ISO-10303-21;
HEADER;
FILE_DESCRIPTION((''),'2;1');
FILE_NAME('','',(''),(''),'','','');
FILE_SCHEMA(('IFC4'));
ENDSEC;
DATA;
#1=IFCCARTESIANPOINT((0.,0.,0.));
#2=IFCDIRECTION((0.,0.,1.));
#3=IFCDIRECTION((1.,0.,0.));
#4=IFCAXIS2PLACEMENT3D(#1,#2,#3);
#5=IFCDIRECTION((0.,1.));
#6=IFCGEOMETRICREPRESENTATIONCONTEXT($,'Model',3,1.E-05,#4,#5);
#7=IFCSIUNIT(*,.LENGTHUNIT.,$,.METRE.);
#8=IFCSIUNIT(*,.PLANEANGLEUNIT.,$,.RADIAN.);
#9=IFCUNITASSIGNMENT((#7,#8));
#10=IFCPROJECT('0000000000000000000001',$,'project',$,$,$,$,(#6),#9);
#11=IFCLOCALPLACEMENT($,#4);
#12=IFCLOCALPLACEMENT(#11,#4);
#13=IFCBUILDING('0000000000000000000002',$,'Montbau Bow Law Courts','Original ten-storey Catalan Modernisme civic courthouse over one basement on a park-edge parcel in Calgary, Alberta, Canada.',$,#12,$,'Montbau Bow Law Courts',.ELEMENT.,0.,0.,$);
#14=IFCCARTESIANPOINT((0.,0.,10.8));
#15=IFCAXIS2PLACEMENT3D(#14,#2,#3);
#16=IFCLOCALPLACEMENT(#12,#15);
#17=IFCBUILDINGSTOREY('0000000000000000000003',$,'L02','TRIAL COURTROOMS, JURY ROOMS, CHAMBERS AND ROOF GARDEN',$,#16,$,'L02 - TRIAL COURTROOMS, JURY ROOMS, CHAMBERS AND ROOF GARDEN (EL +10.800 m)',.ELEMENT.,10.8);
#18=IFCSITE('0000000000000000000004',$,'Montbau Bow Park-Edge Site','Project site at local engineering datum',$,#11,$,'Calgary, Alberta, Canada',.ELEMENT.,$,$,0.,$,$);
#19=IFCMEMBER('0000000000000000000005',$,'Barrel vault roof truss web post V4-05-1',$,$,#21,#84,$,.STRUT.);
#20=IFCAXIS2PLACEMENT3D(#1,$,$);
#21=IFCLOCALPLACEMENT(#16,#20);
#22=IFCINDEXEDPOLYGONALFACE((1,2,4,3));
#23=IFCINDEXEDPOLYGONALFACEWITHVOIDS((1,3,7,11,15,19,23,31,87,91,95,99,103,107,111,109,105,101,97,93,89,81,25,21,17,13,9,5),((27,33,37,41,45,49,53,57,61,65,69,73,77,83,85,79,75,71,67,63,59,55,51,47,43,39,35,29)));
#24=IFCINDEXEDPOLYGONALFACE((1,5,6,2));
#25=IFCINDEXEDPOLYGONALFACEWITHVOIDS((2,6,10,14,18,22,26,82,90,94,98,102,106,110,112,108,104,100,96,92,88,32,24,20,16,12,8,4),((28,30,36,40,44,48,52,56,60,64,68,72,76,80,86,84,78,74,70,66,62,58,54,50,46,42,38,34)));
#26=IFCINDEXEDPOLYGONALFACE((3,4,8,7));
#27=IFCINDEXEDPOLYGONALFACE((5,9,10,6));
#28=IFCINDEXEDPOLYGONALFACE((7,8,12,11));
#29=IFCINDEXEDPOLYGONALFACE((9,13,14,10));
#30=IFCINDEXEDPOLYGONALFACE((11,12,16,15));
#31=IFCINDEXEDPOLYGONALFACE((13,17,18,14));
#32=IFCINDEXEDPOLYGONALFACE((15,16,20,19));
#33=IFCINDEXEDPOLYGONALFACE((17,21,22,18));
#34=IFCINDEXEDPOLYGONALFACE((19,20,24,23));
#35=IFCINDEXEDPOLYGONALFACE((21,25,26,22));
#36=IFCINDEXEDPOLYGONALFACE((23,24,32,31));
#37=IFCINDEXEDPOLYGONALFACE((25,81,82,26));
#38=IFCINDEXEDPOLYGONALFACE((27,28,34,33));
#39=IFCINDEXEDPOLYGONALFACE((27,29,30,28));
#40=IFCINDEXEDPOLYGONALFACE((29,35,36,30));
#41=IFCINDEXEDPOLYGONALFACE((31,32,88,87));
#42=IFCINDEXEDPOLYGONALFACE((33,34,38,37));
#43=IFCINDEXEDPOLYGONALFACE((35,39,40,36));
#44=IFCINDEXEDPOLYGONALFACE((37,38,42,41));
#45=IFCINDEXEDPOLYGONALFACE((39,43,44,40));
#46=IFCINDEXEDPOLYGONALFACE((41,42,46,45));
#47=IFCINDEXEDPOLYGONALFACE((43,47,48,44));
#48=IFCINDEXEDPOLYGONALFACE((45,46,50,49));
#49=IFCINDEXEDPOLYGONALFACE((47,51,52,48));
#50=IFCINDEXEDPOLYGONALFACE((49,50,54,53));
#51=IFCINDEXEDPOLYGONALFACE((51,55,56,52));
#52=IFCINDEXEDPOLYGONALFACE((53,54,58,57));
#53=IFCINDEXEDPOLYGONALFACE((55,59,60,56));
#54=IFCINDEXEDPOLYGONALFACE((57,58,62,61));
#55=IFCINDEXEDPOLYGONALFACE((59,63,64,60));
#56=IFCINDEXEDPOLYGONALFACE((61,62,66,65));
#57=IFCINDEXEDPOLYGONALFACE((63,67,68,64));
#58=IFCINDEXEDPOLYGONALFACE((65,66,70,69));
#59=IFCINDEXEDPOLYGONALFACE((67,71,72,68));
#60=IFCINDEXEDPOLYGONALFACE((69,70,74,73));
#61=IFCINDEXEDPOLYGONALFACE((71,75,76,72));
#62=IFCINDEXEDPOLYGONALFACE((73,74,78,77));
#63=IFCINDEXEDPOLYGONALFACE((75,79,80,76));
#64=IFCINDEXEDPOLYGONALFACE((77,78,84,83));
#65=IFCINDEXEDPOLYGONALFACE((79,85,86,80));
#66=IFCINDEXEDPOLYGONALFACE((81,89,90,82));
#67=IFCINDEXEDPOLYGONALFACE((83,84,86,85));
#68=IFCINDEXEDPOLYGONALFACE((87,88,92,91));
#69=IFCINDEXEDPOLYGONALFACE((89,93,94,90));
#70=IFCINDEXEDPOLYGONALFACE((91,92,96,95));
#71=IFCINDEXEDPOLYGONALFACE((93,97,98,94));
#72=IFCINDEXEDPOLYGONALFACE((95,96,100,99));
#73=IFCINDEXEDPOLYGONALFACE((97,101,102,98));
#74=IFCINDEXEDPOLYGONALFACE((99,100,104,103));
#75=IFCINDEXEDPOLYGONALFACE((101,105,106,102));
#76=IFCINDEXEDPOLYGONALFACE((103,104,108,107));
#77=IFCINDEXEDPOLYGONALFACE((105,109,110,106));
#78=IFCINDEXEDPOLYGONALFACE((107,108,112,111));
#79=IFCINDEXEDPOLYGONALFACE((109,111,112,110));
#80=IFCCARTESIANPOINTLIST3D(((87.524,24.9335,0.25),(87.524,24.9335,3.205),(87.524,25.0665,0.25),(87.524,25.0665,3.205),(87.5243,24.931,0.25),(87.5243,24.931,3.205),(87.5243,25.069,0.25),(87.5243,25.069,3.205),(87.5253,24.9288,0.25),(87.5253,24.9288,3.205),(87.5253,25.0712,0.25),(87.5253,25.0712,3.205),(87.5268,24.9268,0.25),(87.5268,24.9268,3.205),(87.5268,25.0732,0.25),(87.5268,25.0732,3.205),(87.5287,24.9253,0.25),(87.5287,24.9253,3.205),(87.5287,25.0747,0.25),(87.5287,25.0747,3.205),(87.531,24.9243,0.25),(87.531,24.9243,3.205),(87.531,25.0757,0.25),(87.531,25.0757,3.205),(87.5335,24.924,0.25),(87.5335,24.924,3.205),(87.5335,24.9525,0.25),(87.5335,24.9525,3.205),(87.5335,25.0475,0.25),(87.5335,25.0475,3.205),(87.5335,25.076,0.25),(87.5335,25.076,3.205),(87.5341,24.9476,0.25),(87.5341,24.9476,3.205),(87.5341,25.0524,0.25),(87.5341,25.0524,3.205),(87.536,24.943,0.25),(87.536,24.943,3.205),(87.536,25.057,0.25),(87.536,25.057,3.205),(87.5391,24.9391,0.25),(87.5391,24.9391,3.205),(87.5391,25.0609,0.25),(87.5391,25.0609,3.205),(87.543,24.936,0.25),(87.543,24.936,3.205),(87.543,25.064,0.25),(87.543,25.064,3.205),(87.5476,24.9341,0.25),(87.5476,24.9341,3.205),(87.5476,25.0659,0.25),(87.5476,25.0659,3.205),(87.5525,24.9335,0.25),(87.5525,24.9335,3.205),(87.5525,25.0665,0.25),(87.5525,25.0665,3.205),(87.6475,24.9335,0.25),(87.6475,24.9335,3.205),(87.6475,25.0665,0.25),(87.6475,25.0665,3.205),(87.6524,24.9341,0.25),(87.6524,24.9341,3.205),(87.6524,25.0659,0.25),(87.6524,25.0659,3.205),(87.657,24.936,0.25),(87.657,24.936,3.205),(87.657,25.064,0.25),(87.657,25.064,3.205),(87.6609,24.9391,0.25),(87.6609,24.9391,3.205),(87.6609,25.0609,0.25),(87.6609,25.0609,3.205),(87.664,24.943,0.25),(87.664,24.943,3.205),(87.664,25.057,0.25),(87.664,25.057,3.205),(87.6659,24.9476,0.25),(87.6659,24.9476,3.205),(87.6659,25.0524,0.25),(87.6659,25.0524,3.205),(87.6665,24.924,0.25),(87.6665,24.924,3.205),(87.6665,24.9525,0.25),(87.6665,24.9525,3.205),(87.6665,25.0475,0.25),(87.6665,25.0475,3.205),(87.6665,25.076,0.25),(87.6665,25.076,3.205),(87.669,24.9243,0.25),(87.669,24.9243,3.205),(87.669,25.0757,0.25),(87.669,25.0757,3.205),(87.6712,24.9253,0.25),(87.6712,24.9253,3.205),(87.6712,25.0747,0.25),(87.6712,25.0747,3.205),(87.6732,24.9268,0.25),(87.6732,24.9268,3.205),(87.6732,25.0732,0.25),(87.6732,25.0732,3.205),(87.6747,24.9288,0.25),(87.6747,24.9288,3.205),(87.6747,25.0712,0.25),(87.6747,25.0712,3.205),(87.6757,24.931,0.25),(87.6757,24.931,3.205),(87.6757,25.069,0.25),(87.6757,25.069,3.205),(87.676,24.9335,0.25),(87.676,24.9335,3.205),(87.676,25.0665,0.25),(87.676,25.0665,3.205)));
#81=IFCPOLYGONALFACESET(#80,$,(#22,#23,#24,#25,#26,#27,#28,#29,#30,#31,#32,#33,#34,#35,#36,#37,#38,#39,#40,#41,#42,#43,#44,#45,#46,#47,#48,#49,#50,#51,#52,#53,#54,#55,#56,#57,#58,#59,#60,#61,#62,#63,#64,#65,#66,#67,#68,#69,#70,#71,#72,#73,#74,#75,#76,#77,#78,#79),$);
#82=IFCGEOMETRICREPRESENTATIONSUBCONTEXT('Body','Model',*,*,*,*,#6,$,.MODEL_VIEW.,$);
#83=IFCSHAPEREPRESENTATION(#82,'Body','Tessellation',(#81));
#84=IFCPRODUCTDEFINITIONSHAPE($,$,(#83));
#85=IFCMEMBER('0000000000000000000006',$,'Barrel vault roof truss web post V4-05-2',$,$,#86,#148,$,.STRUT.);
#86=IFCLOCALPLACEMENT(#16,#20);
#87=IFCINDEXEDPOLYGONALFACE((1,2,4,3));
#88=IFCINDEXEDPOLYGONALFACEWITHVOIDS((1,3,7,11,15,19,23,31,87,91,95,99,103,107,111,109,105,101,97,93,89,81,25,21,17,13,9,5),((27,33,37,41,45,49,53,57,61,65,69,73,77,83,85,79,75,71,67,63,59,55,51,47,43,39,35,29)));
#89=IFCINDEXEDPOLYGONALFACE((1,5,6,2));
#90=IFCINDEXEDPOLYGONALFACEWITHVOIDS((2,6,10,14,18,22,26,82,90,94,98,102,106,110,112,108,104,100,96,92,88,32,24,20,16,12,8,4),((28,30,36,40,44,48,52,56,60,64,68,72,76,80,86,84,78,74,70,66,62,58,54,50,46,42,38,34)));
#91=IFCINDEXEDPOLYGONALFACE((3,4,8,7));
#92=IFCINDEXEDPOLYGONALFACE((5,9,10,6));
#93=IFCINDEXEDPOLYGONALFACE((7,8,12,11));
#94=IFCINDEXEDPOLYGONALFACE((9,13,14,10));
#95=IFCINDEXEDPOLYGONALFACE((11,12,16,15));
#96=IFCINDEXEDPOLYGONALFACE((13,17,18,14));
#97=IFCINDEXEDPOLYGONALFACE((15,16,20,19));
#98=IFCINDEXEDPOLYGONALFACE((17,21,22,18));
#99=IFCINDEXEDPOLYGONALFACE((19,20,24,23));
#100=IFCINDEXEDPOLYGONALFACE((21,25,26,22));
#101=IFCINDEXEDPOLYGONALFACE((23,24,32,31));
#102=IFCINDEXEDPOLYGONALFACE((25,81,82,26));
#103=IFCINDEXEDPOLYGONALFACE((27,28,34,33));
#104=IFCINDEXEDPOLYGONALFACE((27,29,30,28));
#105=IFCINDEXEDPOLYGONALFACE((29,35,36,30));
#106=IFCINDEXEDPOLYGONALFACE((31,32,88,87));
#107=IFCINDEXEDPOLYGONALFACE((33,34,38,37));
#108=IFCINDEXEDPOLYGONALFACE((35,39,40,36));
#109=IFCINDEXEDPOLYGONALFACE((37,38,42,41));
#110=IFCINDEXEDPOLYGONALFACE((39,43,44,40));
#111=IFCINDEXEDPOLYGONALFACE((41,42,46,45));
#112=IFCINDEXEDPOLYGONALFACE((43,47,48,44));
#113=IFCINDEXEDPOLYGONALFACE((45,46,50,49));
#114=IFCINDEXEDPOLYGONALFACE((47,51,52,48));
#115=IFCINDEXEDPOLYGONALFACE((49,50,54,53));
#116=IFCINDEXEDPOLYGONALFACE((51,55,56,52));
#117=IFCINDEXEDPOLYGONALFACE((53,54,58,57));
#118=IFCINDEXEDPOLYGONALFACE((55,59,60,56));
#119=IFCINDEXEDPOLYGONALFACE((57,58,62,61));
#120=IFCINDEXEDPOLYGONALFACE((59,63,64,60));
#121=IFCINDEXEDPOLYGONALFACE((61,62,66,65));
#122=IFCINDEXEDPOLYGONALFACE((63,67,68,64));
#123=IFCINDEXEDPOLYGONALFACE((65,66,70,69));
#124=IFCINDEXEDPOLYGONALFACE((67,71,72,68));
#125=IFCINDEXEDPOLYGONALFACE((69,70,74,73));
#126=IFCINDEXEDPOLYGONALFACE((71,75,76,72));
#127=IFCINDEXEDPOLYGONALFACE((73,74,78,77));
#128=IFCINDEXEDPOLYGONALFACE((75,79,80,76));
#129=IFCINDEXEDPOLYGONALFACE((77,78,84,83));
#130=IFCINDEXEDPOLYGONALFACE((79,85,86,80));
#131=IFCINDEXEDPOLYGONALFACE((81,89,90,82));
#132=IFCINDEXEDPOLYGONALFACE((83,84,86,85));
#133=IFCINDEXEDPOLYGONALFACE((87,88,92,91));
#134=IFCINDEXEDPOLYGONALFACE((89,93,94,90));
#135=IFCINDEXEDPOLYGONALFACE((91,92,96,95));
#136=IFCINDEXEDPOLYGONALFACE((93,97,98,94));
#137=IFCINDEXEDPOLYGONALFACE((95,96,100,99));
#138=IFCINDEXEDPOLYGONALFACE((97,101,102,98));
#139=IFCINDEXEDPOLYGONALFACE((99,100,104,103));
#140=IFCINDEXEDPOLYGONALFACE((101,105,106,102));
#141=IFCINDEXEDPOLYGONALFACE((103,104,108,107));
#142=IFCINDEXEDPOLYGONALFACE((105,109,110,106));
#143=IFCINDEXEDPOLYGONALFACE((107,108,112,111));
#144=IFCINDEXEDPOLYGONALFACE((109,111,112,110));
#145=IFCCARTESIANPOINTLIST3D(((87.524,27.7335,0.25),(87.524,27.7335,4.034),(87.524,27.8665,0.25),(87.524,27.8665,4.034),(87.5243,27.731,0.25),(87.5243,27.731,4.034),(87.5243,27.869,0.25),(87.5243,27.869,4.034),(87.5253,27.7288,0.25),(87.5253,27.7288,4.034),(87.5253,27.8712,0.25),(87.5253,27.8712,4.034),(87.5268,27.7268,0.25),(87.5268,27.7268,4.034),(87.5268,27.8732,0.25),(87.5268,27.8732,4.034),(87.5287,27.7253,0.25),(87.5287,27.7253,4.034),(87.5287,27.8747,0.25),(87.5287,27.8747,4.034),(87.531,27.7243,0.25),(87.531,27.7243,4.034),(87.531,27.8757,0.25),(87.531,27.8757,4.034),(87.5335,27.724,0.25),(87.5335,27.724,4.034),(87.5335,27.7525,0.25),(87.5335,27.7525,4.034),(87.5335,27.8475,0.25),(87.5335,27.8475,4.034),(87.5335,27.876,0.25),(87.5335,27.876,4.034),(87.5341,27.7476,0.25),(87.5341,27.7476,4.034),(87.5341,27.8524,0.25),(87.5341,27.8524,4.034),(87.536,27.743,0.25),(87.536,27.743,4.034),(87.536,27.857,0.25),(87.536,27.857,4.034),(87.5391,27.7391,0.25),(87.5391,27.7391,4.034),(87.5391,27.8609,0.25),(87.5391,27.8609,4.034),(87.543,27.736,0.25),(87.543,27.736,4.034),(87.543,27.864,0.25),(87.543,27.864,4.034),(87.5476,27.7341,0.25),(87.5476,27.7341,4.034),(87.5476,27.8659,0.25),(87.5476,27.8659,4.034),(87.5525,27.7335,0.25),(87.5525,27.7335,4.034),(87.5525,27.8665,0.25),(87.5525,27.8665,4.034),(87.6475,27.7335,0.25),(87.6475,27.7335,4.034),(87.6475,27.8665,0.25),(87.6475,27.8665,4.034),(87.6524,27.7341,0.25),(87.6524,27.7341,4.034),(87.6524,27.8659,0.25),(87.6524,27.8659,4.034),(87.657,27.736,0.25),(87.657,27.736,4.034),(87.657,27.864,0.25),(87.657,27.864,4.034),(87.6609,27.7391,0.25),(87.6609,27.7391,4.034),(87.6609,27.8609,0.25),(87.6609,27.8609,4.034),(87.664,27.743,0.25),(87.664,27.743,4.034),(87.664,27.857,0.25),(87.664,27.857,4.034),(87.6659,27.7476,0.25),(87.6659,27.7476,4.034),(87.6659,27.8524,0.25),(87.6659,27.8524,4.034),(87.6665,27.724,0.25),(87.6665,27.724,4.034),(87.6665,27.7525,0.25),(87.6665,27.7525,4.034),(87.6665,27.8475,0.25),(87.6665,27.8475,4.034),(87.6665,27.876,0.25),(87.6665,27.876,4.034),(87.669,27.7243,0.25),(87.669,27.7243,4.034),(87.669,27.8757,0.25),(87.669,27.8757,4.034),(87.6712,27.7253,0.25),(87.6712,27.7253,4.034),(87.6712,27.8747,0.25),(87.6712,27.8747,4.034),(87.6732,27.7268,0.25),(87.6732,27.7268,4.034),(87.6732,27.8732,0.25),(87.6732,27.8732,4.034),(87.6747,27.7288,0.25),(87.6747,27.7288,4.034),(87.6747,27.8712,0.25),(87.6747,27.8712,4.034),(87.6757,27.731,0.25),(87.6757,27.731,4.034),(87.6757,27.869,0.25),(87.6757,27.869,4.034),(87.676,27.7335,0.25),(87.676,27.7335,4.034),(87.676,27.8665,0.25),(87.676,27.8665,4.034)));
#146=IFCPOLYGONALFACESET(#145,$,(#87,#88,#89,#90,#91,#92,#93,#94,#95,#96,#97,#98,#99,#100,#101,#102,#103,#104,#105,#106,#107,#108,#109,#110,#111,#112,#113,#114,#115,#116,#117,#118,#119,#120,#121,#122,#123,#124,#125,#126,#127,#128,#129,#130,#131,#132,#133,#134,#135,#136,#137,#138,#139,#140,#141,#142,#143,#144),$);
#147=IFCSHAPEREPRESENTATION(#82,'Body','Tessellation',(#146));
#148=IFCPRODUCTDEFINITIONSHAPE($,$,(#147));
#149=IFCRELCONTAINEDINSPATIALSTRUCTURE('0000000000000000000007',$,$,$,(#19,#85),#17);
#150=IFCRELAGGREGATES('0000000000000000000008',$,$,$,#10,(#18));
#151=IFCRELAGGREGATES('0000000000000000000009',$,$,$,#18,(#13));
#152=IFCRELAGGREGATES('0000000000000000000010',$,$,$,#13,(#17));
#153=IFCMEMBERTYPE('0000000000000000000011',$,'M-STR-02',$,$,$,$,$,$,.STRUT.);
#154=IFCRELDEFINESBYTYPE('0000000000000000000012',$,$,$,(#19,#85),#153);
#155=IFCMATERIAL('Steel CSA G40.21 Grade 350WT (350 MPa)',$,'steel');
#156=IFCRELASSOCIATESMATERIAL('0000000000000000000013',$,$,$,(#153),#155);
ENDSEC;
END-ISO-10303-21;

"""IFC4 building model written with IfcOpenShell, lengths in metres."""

from ifc_helpers import new_model, si_unit, direction, frame, origin_with_axes, origin_2d_with_axis, place, context, subcontext, project, spatial, hollow_rectangle, extrude, material, material_profile, profile_set, type_object, element, save


model = new_model("IFC4")

# Units and contexts
model_context = context("Model", 3, precision=1e-05, world=origin_with_axes(), true_north=direction((0.0, 1.0)))
body_context = subcontext(model_context, "Body", "Model", "MODEL_VIEW")
ifc_project = project(units=[si_unit("LENGTHUNIT", "METRE"), si_unit("PLANEANGLEUNIT", "RADIAN")], contexts=[model_context])

# Site, building, storey
site_placement = place(None, origin_with_axes())
site = spatial("IfcSite", under=ifc_project, at=site_placement, Name="Montbau Bow Park-Edge Site", Description="Project site at local engineering datum", LongName="Calgary, Alberta, Canada", CompositionType="ELEMENT", RefElevation=0.0)
building_placement = place(site_placement, origin_with_axes())
building = spatial("IfcBuilding", under=site, at=building_placement, Name="Montbau Bow Law Courts", Description="Original ten-storey Catalan Modernisme civic courthouse over one basement on a park-edge parcel in Calgary, Alberta, Canada.", LongName="Montbau Bow Law Courts", CompositionType="ELEMENT", ElevationOfRefHeight=0.0, ElevationOfTerrain=0.0)
storey_placement = place(building_placement, frame((0.0, 0.0, 10.8), z_axis=(0.0, 0.0, 1.0), x_axis=(1.0, 0.0, 0.0)))
storey = spatial("IfcBuildingStorey", under=building, at=storey_placement, Name="L02", Description="TRIAL COURTROOMS, JURY ROOMS, CHAMBERS AND ROOF GARDEN", LongName="L02 - TRIAL COURTROOMS, JURY ROOMS, CHAMBERS AND ROOF GARDEN (EL +10.800 m)", CompositionType="ELEMENT", Elevation=10.8)

# Shared definitions
ifc_material_1 = material(Name="Steel CSA G40.21 Grade 350WT (350 MPa)", Category="steel")

# Members
ifc_material_profile_1 = material_profile(ifc_material_1, hollow_rectangle(XDim=0.152, YDim=0.152, WallThickness=0.0095, InnerFilletRadius=0.019, OuterFilletRadius=0.0095, at=origin_2d_with_axis()), Name="HSS152X152X9.5", Category="Main", Priority=0)
ifc_profile_set_1 = profile_set([ifc_material_profile_1], Name="Steel CSA G40.21 Grade 350WT (350 MPa)")
member_type_1 = type_object("IfcMemberType", Name="M-STR-02", PredefinedType="STRUT", material=ifc_profile_set_1)
member_1_placement = place(None, frame((87.6, 25.0, 11.05), z_axis=(0.0, 0.0, 1.0), x_axis=(1.0, 0.0, 0.0)))
element("IfcMember", 1, at=member_1_placement, inside=storey, type_object=member_type_1, Name="Barrel vault roof truss web post V4-05-1", PredefinedType="STRUT", context=body_context, shape_type="SweptSolid", body=[
    extrude(hollow_rectangle(XDim=0.152, YDim=0.152, WallThickness=0.0095, InnerFilletRadius=0.019, OuterFilletRadius=0.0095, at=origin_2d_with_axis()), origin_with_axes(), (0.0, 0.0, 1.0), 2.955),
])
member_2_placement = place(None, frame((87.6, 27.8, 11.05), z_axis=(0.0, 0.0, 1.0), x_axis=(1.0, 0.0, 0.0)))
element("IfcMember", 2, at=member_2_placement, inside=storey, type_object=member_type_1, Name="Barrel vault roof truss web post V4-05-2", PredefinedType="STRUT", context=body_context, shape_type="SweptSolid", body=[
    extrude(hollow_rectangle(XDim=0.152, YDim=0.152, WallThickness=0.0095, InnerFilletRadius=0.019, OuterFilletRadius=0.0095, at=origin_2d_with_axis()), origin_with_axes(), (0.0, 0.0, 1.0), 3.784),
])

save(model, "model.ifc")
